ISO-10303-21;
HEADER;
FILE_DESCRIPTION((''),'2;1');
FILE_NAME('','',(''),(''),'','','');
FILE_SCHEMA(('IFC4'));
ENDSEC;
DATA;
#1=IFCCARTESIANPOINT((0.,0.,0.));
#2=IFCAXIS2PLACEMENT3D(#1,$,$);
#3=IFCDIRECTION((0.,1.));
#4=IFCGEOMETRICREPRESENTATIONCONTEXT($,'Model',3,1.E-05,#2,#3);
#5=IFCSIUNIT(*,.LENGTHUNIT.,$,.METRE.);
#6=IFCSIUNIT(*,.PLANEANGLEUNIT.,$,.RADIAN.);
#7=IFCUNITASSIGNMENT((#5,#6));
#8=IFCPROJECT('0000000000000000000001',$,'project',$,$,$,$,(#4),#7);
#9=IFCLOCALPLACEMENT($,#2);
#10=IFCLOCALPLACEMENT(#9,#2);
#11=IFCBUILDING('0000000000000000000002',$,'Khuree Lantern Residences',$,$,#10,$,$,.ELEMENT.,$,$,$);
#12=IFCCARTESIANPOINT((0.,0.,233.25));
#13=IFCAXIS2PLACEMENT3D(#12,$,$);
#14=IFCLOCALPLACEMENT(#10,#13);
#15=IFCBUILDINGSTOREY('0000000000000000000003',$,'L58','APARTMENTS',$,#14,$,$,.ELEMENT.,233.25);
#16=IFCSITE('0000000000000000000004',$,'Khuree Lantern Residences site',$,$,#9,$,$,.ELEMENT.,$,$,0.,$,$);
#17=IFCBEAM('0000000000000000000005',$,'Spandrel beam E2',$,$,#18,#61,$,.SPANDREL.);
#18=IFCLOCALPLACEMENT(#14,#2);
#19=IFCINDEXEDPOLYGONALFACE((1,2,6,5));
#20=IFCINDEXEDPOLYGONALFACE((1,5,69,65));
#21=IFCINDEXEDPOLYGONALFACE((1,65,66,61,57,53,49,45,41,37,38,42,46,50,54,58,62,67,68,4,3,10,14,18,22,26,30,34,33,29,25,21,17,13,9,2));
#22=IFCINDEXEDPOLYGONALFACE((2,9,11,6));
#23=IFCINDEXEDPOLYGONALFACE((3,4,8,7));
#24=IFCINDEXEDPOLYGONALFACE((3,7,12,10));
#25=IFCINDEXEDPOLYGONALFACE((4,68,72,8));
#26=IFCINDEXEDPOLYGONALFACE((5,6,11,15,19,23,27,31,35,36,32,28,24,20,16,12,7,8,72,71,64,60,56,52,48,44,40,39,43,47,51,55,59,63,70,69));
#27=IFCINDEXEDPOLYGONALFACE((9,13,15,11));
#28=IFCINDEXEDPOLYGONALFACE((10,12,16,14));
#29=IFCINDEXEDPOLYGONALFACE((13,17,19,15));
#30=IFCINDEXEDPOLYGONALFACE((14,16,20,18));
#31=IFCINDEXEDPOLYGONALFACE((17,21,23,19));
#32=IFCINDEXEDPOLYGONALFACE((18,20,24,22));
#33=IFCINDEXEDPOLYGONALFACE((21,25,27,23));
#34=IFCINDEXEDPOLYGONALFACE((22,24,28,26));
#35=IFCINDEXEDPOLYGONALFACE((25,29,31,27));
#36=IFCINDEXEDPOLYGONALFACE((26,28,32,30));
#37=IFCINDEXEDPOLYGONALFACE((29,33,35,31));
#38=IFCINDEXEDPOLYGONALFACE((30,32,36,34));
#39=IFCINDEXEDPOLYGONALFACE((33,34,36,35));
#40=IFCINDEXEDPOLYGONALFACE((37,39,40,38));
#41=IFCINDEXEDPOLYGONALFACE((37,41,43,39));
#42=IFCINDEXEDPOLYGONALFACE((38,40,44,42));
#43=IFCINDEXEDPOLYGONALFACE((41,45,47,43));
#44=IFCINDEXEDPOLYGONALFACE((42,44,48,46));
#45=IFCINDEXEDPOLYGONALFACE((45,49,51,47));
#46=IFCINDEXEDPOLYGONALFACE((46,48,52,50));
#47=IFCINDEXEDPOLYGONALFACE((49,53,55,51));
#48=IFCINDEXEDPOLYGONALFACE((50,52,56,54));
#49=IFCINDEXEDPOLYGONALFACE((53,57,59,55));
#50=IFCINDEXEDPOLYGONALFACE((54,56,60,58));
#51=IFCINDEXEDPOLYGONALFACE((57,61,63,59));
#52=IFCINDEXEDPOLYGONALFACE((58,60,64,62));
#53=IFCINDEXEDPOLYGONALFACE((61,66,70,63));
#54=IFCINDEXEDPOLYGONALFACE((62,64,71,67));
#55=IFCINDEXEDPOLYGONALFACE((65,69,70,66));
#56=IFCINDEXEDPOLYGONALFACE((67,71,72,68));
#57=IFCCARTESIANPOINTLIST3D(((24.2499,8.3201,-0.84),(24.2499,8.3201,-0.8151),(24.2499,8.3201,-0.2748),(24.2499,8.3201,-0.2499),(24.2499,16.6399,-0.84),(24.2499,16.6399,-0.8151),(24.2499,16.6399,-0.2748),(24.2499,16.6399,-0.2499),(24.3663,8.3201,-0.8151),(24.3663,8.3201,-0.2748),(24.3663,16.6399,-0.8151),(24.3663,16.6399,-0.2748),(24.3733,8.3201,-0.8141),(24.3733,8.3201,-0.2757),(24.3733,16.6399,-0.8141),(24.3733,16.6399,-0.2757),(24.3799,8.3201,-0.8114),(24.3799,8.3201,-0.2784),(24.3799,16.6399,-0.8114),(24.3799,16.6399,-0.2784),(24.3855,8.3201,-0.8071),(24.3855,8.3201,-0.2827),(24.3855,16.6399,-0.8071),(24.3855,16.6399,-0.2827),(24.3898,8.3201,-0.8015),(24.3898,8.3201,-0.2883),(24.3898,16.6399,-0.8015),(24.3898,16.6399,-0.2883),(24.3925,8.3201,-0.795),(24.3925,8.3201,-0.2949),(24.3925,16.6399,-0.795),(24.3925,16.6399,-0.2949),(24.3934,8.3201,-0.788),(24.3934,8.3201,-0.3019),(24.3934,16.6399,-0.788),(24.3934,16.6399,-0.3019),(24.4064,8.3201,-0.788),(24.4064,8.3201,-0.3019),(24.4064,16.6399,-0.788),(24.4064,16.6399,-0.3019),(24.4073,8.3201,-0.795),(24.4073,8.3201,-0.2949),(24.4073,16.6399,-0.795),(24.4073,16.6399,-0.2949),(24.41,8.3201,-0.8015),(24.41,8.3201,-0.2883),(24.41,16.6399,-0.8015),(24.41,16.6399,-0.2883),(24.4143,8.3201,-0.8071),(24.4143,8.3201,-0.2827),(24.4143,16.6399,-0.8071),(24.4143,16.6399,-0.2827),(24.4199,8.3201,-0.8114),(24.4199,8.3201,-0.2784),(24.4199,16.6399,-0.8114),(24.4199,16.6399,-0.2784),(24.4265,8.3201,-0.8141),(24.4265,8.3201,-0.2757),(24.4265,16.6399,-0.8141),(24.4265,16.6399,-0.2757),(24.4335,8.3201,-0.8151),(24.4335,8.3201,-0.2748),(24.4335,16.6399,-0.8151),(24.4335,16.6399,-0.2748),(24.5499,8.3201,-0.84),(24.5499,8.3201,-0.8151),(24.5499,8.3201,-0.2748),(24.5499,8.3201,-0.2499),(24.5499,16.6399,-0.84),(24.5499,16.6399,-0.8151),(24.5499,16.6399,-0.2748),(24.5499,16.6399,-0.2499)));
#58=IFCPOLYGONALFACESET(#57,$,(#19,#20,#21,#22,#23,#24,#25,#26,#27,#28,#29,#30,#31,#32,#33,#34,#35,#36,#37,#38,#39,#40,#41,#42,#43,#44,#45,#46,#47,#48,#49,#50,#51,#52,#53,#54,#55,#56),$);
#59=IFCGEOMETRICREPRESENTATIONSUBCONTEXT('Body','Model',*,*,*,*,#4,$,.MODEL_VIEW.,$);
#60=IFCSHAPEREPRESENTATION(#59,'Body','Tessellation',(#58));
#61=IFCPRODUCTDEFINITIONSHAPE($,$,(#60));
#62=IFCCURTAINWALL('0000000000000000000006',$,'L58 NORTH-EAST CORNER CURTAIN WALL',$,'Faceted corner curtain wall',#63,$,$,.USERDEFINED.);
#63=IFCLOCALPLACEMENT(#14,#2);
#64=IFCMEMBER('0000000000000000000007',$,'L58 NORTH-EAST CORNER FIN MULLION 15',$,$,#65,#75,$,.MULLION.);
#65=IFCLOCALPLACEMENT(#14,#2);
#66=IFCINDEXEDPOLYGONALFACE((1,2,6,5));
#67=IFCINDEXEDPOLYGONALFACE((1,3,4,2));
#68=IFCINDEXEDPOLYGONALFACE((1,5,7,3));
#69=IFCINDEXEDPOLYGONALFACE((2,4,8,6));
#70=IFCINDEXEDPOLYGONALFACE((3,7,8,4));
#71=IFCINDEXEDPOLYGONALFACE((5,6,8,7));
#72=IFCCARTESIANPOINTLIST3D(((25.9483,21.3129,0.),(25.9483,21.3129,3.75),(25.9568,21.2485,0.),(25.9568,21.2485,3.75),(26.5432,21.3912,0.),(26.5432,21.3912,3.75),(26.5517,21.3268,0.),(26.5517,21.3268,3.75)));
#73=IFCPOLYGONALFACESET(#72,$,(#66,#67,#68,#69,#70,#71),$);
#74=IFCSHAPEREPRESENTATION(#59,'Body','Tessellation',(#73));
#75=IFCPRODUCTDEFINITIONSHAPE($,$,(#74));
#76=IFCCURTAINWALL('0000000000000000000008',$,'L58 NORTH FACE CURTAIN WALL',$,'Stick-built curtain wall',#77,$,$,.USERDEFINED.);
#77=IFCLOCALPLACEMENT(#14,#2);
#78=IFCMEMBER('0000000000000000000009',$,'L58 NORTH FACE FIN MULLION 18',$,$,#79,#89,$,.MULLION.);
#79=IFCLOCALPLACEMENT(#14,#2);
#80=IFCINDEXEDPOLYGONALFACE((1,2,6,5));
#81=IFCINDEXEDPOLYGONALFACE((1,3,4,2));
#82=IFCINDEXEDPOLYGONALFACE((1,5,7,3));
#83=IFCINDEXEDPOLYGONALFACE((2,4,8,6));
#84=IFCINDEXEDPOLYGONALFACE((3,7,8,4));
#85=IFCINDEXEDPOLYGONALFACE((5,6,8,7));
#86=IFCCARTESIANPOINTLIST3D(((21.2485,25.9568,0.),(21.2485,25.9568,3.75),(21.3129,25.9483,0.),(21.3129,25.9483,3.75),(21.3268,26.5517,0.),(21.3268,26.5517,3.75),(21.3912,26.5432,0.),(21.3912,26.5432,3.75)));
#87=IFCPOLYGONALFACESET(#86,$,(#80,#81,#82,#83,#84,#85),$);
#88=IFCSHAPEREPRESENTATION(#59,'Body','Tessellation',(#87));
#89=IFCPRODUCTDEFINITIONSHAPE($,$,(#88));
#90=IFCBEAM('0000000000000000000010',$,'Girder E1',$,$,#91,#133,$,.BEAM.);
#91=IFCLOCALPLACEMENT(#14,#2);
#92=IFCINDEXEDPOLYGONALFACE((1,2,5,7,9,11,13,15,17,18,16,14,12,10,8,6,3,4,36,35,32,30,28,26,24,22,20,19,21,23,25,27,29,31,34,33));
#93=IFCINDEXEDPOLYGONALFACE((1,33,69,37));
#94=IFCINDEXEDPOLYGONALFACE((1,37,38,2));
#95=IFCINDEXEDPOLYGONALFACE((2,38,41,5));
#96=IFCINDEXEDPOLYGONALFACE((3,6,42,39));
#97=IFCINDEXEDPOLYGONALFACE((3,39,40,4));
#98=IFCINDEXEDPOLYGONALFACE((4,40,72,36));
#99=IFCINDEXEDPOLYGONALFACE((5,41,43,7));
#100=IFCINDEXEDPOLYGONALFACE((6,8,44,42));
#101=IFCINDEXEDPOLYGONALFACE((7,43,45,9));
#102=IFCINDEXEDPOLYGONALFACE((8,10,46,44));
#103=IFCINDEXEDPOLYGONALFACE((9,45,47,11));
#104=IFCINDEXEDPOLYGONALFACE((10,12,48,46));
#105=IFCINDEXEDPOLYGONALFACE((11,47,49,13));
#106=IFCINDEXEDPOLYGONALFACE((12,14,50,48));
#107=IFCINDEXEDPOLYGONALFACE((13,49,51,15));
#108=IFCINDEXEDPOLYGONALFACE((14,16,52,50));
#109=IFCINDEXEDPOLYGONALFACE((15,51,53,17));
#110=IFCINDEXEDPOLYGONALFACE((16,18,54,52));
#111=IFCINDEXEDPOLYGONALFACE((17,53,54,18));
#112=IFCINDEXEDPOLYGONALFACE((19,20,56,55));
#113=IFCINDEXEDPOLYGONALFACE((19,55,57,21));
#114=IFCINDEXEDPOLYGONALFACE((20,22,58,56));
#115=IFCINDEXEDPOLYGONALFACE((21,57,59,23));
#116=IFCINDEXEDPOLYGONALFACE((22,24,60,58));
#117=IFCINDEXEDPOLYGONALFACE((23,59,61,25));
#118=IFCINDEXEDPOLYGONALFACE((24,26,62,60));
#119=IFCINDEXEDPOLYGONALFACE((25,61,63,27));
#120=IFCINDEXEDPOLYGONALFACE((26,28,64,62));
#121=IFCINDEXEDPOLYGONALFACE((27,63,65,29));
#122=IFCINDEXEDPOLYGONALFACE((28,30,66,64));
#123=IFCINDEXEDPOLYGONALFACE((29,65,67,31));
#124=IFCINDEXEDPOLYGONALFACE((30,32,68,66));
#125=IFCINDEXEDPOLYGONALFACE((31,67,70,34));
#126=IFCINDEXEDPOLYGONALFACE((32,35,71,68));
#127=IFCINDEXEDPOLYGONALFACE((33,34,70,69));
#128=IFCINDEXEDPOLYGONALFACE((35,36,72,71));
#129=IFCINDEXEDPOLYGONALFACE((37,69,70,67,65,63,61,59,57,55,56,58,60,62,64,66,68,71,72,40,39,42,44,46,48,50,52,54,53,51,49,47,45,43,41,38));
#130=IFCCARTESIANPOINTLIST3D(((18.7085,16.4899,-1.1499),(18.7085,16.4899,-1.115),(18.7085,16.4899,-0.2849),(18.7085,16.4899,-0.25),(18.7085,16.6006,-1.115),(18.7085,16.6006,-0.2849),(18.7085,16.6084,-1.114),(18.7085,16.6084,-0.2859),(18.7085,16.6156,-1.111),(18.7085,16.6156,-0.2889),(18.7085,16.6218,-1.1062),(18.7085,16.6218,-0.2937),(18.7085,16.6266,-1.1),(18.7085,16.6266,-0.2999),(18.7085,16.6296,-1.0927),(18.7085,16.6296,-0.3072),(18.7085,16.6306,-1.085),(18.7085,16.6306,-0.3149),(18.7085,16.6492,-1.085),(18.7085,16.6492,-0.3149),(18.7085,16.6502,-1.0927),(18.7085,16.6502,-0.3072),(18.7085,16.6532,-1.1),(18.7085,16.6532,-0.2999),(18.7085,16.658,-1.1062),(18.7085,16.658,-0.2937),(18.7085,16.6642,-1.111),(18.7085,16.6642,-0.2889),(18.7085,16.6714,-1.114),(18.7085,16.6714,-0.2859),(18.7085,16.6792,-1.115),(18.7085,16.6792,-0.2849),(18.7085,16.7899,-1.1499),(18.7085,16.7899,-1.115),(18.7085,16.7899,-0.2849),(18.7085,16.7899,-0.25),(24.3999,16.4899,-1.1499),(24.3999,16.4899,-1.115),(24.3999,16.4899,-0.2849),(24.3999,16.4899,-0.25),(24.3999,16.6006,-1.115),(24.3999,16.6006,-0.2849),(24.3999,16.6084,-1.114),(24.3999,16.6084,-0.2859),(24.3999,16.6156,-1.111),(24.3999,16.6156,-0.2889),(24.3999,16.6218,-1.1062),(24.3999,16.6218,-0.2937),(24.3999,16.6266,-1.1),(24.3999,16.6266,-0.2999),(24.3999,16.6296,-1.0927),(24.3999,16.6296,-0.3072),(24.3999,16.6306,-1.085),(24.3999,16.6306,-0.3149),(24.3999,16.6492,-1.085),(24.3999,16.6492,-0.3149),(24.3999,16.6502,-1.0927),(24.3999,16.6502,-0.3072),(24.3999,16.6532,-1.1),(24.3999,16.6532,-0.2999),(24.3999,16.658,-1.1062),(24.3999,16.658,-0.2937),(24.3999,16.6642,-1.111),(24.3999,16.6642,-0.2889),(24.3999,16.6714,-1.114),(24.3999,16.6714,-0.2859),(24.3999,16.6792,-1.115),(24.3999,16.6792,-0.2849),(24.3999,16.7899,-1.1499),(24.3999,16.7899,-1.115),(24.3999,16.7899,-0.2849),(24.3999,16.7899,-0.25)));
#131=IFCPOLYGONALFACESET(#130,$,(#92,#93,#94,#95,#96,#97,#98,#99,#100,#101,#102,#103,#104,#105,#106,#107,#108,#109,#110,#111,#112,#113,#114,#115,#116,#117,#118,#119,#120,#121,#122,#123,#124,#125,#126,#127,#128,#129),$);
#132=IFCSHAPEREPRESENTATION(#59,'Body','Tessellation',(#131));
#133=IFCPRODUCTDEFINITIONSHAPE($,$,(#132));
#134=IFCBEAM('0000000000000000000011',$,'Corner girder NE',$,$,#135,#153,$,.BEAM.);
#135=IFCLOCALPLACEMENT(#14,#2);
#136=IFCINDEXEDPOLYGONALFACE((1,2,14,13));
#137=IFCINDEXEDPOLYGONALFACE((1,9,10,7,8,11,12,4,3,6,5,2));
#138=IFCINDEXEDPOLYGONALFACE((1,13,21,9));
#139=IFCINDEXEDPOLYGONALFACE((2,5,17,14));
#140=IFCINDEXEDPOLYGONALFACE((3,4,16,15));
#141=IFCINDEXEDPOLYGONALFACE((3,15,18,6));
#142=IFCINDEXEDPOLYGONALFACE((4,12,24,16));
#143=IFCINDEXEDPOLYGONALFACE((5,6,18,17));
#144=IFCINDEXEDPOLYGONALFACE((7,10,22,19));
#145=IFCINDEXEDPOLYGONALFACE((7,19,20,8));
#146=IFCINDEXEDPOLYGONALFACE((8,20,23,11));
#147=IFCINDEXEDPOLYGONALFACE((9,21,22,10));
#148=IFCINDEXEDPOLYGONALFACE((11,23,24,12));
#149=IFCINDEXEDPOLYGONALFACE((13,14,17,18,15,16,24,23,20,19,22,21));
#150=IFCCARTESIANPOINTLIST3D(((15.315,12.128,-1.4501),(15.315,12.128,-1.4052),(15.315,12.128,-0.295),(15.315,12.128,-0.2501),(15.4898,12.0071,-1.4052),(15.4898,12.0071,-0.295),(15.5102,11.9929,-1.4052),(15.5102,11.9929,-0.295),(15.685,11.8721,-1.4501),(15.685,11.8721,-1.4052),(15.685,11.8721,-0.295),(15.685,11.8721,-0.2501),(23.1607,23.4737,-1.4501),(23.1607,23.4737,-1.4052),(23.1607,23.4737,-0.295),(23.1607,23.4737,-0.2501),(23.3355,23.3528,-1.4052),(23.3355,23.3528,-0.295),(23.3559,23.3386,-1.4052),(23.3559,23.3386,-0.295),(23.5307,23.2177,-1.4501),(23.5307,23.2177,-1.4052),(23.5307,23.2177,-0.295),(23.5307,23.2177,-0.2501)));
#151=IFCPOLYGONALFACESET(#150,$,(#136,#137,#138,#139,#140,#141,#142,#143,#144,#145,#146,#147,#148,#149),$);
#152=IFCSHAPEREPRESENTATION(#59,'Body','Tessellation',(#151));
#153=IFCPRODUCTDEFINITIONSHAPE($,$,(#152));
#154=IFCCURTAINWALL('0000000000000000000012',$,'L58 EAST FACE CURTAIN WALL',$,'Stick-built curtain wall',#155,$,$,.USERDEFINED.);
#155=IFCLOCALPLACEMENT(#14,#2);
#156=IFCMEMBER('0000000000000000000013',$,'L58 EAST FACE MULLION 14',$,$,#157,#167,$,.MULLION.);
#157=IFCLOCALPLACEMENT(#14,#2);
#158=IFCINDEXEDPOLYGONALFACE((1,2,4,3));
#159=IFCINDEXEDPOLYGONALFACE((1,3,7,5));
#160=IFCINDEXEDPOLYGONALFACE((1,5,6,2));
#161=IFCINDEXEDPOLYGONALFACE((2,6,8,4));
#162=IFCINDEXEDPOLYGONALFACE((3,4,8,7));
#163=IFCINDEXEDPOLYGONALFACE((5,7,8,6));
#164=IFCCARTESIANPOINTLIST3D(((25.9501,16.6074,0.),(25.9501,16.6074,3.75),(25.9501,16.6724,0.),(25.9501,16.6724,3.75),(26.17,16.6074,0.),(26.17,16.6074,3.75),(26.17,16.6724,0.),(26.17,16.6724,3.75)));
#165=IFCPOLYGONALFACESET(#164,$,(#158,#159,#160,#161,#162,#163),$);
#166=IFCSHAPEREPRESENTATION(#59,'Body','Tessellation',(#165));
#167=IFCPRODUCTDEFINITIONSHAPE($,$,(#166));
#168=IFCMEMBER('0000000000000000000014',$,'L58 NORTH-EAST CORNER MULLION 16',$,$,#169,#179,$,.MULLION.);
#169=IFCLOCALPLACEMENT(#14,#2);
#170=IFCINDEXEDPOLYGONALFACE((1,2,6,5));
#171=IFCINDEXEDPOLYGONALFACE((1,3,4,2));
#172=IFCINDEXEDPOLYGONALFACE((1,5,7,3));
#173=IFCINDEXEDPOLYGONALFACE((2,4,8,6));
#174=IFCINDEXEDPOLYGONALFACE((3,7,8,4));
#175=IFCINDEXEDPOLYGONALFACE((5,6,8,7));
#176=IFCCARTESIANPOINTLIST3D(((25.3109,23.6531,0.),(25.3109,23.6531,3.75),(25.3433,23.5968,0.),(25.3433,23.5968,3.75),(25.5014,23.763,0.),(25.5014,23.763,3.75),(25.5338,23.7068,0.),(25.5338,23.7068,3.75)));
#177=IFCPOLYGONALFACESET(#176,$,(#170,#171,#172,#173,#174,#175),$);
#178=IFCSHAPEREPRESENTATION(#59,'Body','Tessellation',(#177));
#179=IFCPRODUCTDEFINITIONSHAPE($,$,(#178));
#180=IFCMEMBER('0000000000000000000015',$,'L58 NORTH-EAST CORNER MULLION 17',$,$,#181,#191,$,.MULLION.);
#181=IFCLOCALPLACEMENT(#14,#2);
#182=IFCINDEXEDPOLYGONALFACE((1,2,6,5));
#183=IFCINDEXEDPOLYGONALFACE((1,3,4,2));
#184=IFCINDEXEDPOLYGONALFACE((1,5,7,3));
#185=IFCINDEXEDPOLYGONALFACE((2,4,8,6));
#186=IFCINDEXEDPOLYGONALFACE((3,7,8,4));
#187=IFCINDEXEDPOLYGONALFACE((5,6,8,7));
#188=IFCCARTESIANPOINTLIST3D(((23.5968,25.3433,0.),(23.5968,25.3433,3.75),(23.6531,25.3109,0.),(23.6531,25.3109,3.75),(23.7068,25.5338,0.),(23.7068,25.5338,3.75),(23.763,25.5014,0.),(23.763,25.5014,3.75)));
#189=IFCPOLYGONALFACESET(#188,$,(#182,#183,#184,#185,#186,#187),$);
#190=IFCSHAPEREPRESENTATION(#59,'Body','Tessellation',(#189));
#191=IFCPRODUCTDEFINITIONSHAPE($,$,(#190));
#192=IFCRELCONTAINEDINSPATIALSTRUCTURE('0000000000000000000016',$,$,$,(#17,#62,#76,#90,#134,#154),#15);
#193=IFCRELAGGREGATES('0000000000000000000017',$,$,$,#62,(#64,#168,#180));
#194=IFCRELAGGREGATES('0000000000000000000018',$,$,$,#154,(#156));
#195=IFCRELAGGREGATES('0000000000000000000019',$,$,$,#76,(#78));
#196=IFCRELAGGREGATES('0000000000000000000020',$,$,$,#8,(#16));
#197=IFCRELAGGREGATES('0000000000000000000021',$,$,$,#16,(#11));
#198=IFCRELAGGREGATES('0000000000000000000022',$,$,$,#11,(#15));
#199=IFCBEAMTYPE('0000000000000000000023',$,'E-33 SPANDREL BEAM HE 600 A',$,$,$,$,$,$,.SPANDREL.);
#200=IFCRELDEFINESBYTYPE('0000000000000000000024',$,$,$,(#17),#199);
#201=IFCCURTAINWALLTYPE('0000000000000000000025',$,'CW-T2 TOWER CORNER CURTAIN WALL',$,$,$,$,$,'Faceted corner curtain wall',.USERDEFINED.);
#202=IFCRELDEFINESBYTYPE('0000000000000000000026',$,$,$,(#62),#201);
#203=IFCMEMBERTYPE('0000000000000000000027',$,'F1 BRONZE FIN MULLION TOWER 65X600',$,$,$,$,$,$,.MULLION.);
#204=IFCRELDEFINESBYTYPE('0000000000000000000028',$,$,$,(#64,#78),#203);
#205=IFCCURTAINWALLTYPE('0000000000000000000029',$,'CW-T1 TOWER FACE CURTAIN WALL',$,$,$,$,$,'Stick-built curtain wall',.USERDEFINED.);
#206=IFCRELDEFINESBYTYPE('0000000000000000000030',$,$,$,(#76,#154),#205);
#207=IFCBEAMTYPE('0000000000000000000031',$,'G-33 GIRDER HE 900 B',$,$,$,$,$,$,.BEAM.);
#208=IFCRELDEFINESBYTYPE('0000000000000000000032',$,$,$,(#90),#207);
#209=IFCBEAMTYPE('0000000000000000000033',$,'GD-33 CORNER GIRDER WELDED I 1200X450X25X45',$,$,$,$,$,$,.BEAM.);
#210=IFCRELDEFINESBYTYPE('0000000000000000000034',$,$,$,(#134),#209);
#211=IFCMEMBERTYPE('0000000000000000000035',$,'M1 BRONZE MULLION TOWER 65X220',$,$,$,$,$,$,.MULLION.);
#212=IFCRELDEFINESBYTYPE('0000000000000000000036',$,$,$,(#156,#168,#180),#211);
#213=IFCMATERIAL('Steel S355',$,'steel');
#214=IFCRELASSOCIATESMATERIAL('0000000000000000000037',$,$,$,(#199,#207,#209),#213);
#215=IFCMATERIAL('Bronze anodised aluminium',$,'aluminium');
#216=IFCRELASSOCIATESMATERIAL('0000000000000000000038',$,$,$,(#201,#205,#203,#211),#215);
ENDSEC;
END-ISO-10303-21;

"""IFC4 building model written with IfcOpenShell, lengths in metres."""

from ifc_helpers import new_model, si_unit, direction, frame, origin, origin_2d, place, context, subcontext, project, spatial, rectangle, i_section, extrude, material, material_profile, profile_set, type_object, element, aggregate, save


model = new_model("IFC4")

# Units and contexts
model_context = context("Model", 3, precision=1e-05, world=origin(), true_north=direction((0.0, 1.0)))
body_context = subcontext(model_context, "Body", "Model", "MODEL_VIEW")
ifc_project = project(units=[si_unit("LENGTHUNIT", "METRE"), si_unit("PLANEANGLEUNIT", "RADIAN")], contexts=[model_context])

# Site, building, storey
site_placement = place(None, origin())
site = spatial("IfcSite", under=ifc_project, at=site_placement, Name="Khuree Lantern Residences site", CompositionType="ELEMENT", RefElevation=0.0)
building_placement = place(site_placement, origin())
building = spatial("IfcBuilding", under=site, at=building_placement, Name="Khuree Lantern Residences", CompositionType="ELEMENT")
storey_placement = place(building_placement, frame((0.0, 0.0, 233.25)))
storey = spatial("IfcBuildingStorey", under=building, at=storey_placement, Name="L58", Description="APARTMENTS", CompositionType="ELEMENT", Elevation=233.25)

# Beam
ifc_material_1 = material(Name="Steel S355", Category="steel")
ifc_material_profile_1 = material_profile(ifc_material_1, i_section(OverallWidth=0.3, OverallDepth=0.5901, WebThickness=0.0129, FlangeThickness=0.0249, FilletRadius=0.0271, at=origin_2d()), Name="HE 600 A")
ifc_profile_set_1 = profile_set([ifc_material_profile_1], Name="Steel S355")
beam_type_1 = type_object("IfcBeamType", Name="E-33 SPANDREL BEAM HE 600 A", PredefinedType="SPANDREL", material=ifc_profile_set_1)
beam_1_placement = place(storey_placement, frame((24.3999, 16.6399, -0.5449), z_axis=(0.0, -1.0, 0.0), x_axis=(1.0, 0.0, 0.0)))
element("IfcBeam", 1, at=beam_1_placement, inside=storey, type_object=beam_type_1, Name="Spandrel beam E2", PredefinedType="SPANDREL", context=body_context, shape_type="SweptSolid", body=[
    extrude(i_section(OverallWidth=0.3, OverallDepth=0.5901, WebThickness=0.0129, FlangeThickness=0.0249, FilletRadius=0.0271, at=origin_2d()), origin(), (0.0, 0.0, 1.0), 8.3198),
])

# Curtain walls, members
ifc_material_2 = material(Name="Bronze anodised aluminium", Category="aluminium")
curtain_wall_type_1 = type_object("IfcCurtainWallType", Name="CW-T2 TOWER CORNER CURTAIN WALL", ElementType="Faceted corner curtain wall", PredefinedType="USERDEFINED", material=ifc_material_2)
curtain_wall_1_placement = place(storey_placement, origin())
curtain_wall_1 = element("IfcCurtainWall", 2, at=curtain_wall_1_placement, inside=storey, type_object=curtain_wall_type_1, Name="L58 NORTH-EAST CORNER CURTAIN WALL", ObjectType="Faceted corner curtain wall", PredefinedType="USERDEFINED")
ifc_material_profile_2 = material_profile(ifc_material_2, rectangle(XDim=0.0649, YDim=0.6001, at=origin_2d()), Name="F1 65X600")
ifc_profile_set_2 = profile_set([ifc_material_profile_2], Name="Bronze anodised aluminium")
member_type_1 = type_object("IfcMemberType", Name="F1 BRONZE FIN MULLION TOWER 65X600", PredefinedType="MULLION", material=ifc_profile_set_2)
member_1_placement = place(storey_placement, frame((26.25, 21.3198, 0.0), z_axis=(0.0, 0.0, 1.0), x_axis=(-0.130526, 0.991445, 0.0)))
member_1 = element("IfcMember", 3, at=member_1_placement, type_object=member_type_1, Name="L58 NORTH-EAST CORNER FIN MULLION 15", PredefinedType="MULLION", context=body_context, shape_type="SweptSolid", body=[
    extrude(rectangle(XDim=0.0649, YDim=0.6001, at=origin_2d()), origin(), (0.0, 0.0, 1.0), 3.75),
])
curtain_wall_type_2 = type_object("IfcCurtainWallType", Name="CW-T1 TOWER FACE CURTAIN WALL", ElementType="Stick-built curtain wall", PredefinedType="USERDEFINED", material=ifc_material_2)
curtain_wall_2_placement = place(storey_placement, origin())
curtain_wall_2 = element("IfcCurtainWall", 4, at=curtain_wall_2_placement, inside=storey, type_object=curtain_wall_type_2, Name="L58 NORTH FACE CURTAIN WALL", ObjectType="Stick-built curtain wall", PredefinedType="USERDEFINED")
member_2_placement = place(storey_placement, frame((21.3198, 26.25, 0.0), z_axis=(0.0, 0.0, 1.0), x_axis=(-0.991445, 0.130526, 0.0)))
member_2 = element("IfcMember", 5, at=member_2_placement, type_object=member_type_1, Name="L58 NORTH FACE FIN MULLION 18", PredefinedType="MULLION", context=body_context, shape_type="SweptSolid", body=[
    extrude(rectangle(XDim=0.0649, YDim=0.6001, at=origin_2d()), origin(), (0.0, 0.0, 1.0), 3.75),
])

# Beams
ifc_material_profile_3 = material_profile(ifc_material_1, i_section(OverallWidth=0.3, OverallDepth=0.8999, WebThickness=0.0186, FlangeThickness=0.0349, FilletRadius=0.03, at=origin_2d()), Name="HE 900 B")
ifc_profile_set_3 = profile_set([ifc_material_profile_3], Name="Steel S355")
beam_type_2 = type_object("IfcBeamType", Name="G-33 GIRDER HE 900 B", PredefinedType="BEAM", material=ifc_profile_set_3)
beam_2_placement = place(storey_placement, frame((24.3999, 16.6399, -0.7), z_axis=(-1.0, 0.0, 0.0), x_axis=(0.0, -1.0, 0.0)))
element("IfcBeam", 6, at=beam_2_placement, inside=storey, type_object=beam_type_2, Name="Girder E1", PredefinedType="BEAM", context=body_context, shape_type="SweptSolid", body=[
    extrude(i_section(OverallWidth=0.3, OverallDepth=0.8999, WebThickness=0.0186, FlangeThickness=0.0349, FilletRadius=0.03, at=origin_2d()), origin(), (0.0, 0.0, 1.0), 5.6914),
])
ifc_material_profile_4 = material_profile(ifc_material_1, i_section(OverallWidth=0.45, OverallDepth=1.2, WebThickness=0.0249, FlangeThickness=0.0449, at=origin_2d()), Name="WELDED I 1200X450X25X45")
ifc_profile_set_4 = profile_set([ifc_material_profile_4], Name="Steel S355")
beam_type_3 = type_object("IfcBeamType", Name="GD-33 CORNER GIRDER WELDED I 1200X450X25X45", PredefinedType="BEAM", material=ifc_profile_set_4)
beam_3_placement = place(storey_placement, frame((23.3457, 23.3457, -0.8501), z_axis=(-0.568768, -0.822498, 0.0), x_axis=(0.822498, -0.568768, 0.0)))
element("IfcBeam", 7, at=beam_3_placement, inside=storey, type_object=beam_type_3, Name="Corner girder NE", PredefinedType="BEAM", context=body_context, shape_type="SweptSolid", body=[
    extrude(i_section(OverallWidth=0.45, OverallDepth=1.2, WebThickness=0.0249, FlangeThickness=0.0449, at=origin_2d()), origin(), (0.0, 0.0, 1.0), 13.7942),
])

# Curtain wall, member
curtain_wall_3_placement = place(storey_placement, origin())
curtain_wall_3 = element("IfcCurtainWall", 8, at=curtain_wall_3_placement, inside=storey, type_object=curtain_wall_type_2, Name="L58 EAST FACE CURTAIN WALL", ObjectType="Stick-built curtain wall", PredefinedType="USERDEFINED")
ifc_material_profile_5 = material_profile(ifc_material_2, rectangle(XDim=0.0649, YDim=0.22, at=origin_2d()), Name="M1 65X220")
ifc_profile_set_5 = profile_set([ifc_material_profile_5], Name="Bronze anodised aluminium")
member_type_2 = type_object("IfcMemberType", Name="M1 BRONZE MULLION TOWER 65X220", PredefinedType="MULLION", material=ifc_profile_set_5)
member_3_placement = place(storey_placement, frame((26.0601, 16.6399, 0.0), z_axis=(0.0, 0.0, 1.0), x_axis=(0.0, 1.0, 0.0)))
member_3 = element("IfcMember", 9, at=member_3_placement, type_object=member_type_2, Name="L58 EAST FACE MULLION 14", PredefinedType="MULLION", context=body_context, shape_type="SweptSolid", body=[
    extrude(rectangle(XDim=0.0649, YDim=0.22, at=origin_2d()), origin(), (0.0, 0.0, 1.0), 3.75),
])

# Members
member_4_placement = place(storey_placement, frame((25.4224, 23.6799, 0.0), z_axis=(0.0, 0.0, 1.0), x_axis=(-0.5, 0.866025, 0.0)))
member_4 = element("IfcMember", 10, at=member_4_placement, type_object=member_type_2, Name="L58 NORTH-EAST CORNER MULLION 16", PredefinedType="MULLION", context=body_context, shape_type="SweptSolid", body=[
    extrude(rectangle(XDim=0.0649, YDim=0.22, at=origin_2d()), origin(), (0.0, 0.0, 1.0), 3.75),
])
member_5_placement = place(storey_placement, frame((23.6799, 25.4224, 0.0), z_axis=(0.0, 0.0, 1.0), x_axis=(-0.866025, 0.5, 0.0)))
member_5 = element("IfcMember", 11, at=member_5_placement, type_object=member_type_2, Name="L58 NORTH-EAST CORNER MULLION 17", PredefinedType="MULLION", context=body_context, shape_type="SweptSolid", body=[
    extrude(rectangle(XDim=0.0649, YDim=0.22, at=origin_2d()), origin(), (0.0, 0.0, 1.0), 3.75),
])

aggregate(curtain_wall_1, [member_1, member_4, member_5])
aggregate(curtain_wall_3, [member_3])
aggregate(curtain_wall_2, [member_2])

save(model, "model.ifc")
